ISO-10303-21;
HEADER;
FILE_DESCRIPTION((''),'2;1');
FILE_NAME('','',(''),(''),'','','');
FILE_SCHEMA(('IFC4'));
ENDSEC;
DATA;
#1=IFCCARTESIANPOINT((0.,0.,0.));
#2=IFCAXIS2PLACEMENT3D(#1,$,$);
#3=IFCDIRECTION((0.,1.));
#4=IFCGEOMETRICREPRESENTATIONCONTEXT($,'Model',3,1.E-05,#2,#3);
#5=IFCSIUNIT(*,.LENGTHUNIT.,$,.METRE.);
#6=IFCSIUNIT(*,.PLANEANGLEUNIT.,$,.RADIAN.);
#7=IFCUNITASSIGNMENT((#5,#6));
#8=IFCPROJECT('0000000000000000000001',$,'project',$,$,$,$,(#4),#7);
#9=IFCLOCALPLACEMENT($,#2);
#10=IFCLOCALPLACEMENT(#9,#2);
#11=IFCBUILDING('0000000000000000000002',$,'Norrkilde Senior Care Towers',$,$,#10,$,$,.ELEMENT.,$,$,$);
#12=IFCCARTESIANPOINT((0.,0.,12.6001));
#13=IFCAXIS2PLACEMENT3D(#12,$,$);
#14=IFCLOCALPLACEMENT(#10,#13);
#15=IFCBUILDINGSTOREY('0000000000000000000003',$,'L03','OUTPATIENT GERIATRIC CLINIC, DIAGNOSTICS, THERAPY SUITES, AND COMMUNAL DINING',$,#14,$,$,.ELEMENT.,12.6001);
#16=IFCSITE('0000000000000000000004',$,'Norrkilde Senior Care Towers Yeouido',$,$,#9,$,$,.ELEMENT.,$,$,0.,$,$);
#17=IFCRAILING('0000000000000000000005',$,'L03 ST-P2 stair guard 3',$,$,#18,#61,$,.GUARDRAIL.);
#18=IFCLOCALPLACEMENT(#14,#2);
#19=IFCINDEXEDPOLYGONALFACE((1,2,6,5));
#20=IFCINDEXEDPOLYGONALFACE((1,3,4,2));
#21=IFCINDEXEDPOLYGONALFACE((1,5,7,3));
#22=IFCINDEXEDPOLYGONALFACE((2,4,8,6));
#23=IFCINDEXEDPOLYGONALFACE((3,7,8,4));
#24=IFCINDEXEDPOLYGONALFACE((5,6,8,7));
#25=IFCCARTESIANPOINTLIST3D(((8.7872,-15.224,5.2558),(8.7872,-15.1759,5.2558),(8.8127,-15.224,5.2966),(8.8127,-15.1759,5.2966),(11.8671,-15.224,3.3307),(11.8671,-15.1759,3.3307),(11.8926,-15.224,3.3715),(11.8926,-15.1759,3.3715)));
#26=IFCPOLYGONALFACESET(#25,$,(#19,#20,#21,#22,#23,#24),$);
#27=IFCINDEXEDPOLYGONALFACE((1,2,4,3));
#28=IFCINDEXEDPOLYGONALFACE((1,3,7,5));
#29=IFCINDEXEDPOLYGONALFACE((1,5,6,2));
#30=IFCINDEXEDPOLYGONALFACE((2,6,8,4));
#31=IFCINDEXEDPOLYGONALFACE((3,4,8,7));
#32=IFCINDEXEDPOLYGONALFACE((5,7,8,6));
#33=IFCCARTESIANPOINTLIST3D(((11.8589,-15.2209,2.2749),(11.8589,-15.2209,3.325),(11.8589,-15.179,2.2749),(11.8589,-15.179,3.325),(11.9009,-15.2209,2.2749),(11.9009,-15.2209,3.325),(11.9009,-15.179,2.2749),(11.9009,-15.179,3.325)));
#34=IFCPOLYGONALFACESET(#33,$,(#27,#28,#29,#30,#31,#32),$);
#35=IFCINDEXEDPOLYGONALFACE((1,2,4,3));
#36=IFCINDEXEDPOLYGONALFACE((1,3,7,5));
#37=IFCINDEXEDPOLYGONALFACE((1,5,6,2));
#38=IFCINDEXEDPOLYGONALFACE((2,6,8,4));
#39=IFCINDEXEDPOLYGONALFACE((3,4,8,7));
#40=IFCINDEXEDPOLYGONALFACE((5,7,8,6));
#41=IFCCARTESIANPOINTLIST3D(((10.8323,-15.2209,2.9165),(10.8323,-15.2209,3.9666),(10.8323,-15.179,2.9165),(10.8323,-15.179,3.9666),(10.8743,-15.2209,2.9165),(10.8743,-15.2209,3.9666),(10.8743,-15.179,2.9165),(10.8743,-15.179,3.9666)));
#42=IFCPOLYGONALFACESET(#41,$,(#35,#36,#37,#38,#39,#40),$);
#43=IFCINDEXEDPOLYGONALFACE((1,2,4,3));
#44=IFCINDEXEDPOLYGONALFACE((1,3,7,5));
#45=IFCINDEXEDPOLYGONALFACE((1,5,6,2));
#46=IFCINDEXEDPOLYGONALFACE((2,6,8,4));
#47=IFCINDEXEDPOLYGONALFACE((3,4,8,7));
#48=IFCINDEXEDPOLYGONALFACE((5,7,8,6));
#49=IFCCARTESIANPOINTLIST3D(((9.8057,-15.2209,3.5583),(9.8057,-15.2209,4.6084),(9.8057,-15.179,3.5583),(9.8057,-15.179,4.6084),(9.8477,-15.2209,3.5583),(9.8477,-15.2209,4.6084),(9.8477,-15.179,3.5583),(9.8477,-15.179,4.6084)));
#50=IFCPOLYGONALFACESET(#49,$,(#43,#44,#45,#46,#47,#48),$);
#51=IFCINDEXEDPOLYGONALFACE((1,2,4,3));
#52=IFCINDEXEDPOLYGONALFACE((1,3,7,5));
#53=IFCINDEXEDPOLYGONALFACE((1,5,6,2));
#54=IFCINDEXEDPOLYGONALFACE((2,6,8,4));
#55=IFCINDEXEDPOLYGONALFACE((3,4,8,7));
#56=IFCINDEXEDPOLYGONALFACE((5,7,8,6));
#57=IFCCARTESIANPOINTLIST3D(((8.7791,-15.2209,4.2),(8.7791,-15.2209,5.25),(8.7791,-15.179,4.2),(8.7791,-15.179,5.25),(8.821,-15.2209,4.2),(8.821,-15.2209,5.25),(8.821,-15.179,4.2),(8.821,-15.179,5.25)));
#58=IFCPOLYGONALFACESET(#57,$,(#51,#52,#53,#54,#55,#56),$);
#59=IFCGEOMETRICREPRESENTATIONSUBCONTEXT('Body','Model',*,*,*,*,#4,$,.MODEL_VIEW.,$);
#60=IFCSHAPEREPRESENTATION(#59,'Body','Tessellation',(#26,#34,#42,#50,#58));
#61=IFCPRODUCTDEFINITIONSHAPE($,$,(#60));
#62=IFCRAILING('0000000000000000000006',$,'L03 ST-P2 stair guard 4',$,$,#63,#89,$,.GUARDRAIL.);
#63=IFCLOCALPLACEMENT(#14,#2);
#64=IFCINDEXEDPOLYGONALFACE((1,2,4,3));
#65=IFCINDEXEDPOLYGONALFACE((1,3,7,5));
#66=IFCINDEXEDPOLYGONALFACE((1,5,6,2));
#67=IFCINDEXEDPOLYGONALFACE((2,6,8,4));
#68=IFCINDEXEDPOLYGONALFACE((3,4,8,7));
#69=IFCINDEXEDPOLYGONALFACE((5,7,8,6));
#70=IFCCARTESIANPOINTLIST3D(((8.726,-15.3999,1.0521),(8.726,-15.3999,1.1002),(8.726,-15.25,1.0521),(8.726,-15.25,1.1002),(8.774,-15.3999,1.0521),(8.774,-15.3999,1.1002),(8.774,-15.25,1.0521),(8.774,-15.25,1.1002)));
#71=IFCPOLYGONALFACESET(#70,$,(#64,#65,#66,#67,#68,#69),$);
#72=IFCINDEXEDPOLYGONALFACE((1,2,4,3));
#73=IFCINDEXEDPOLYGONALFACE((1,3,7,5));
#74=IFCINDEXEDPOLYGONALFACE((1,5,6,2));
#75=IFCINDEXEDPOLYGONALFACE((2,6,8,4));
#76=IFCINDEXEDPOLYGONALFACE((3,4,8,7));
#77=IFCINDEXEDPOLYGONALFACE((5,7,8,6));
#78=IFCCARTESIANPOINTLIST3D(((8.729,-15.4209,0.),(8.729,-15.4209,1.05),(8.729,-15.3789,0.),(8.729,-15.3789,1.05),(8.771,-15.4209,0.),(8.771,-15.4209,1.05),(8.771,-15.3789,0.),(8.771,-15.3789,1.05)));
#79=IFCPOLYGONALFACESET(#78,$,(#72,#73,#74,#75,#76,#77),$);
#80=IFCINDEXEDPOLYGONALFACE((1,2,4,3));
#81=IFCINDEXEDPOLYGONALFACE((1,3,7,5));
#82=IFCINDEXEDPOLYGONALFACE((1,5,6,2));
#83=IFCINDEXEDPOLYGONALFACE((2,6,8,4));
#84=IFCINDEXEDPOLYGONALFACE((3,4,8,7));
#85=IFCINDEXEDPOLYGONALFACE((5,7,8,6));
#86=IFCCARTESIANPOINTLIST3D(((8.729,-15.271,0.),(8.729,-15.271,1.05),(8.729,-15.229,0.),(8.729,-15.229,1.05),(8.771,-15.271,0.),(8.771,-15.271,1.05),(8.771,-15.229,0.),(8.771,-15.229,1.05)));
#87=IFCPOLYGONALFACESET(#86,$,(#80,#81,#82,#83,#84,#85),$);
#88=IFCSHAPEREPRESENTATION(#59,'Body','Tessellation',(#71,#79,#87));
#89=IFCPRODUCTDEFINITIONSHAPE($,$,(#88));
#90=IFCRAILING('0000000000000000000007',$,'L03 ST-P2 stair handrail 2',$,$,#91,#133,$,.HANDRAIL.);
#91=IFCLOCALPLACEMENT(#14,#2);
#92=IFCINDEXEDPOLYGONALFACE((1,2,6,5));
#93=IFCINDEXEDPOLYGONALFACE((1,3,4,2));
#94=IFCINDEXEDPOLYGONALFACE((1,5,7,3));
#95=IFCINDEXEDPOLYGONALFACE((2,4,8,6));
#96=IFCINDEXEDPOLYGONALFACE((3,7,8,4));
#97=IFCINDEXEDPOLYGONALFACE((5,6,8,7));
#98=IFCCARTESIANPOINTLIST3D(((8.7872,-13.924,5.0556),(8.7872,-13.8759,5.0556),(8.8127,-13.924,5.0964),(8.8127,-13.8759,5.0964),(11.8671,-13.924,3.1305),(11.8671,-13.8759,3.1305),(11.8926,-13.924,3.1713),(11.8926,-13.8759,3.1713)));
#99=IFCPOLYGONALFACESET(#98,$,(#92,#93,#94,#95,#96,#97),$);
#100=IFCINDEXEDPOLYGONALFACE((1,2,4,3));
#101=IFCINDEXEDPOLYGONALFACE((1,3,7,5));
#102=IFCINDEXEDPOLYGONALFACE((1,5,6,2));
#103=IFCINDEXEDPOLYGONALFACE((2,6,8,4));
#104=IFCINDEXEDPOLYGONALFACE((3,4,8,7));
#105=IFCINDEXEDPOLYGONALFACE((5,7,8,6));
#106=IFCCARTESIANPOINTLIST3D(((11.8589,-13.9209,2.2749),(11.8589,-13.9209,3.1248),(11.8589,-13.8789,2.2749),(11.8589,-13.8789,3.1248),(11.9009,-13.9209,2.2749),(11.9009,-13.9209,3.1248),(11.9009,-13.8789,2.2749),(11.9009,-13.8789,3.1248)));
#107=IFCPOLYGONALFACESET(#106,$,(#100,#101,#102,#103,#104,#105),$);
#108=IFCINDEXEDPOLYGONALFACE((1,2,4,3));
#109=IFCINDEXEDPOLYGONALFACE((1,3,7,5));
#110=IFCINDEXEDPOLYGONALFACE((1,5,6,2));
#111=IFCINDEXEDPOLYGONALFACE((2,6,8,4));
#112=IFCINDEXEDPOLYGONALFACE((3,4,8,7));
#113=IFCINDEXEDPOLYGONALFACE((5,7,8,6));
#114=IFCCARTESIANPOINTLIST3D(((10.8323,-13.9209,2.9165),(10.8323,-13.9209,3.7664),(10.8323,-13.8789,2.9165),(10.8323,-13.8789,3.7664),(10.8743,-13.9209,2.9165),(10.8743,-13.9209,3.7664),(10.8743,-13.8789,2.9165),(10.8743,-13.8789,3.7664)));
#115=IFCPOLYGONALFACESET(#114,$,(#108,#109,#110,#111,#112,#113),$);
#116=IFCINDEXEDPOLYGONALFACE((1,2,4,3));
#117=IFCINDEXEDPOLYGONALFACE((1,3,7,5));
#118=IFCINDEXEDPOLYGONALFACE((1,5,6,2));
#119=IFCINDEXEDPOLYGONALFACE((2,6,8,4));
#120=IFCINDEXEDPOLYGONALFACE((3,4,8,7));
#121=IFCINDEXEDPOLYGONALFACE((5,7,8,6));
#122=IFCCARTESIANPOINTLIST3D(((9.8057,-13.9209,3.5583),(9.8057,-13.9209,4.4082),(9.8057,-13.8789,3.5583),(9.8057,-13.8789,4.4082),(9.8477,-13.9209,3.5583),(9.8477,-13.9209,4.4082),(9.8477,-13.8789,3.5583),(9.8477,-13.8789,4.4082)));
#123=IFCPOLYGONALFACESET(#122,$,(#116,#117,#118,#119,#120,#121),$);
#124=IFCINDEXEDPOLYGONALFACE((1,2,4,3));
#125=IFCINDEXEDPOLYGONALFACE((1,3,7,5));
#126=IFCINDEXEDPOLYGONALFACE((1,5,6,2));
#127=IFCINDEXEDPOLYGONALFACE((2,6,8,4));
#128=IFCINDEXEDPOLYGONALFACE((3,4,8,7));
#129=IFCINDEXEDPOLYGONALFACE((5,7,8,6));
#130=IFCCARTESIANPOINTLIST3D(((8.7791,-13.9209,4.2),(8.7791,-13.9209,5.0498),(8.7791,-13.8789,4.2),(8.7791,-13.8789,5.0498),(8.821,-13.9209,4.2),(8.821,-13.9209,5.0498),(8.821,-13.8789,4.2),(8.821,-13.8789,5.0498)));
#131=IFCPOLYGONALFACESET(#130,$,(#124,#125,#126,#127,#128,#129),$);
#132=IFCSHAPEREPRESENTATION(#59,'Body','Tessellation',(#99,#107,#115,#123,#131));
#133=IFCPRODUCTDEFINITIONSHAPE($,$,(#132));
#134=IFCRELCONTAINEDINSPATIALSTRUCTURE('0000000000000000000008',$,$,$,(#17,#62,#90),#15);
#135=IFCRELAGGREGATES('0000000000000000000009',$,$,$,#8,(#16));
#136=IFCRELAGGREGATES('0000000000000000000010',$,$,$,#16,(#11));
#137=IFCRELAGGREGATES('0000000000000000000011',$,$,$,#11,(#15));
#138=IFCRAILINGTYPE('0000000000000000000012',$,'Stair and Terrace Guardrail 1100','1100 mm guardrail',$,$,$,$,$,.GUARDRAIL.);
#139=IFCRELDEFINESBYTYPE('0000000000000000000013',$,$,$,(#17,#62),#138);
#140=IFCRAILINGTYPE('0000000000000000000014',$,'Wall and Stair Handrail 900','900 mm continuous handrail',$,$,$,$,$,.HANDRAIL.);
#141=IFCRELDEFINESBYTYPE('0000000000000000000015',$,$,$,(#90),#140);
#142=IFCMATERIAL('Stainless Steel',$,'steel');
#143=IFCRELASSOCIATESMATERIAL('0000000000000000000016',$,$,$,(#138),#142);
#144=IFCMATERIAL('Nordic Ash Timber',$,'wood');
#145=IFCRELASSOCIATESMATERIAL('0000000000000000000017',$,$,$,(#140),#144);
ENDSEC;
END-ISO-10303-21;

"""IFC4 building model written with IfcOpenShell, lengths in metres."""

from ifc_helpers import new_model, si_unit, direction, frame, origin, origin_2d, place, context, subcontext, project, spatial, rectangle, extrude, material, type_object, element, save


model = new_model("IFC4")

# Units and contexts
model_context = context("Model", 3, precision=1e-05, world=origin(), true_north=direction((0.0, 1.0)))
body_context = subcontext(model_context, "Body", "Model", "MODEL_VIEW")
ifc_project = project(units=[si_unit("LENGTHUNIT", "METRE"), si_unit("PLANEANGLEUNIT", "RADIAN")], contexts=[model_context])

# Site, building, storey
site_placement = place(None, origin())
site = spatial("IfcSite", under=ifc_project, at=site_placement, Name="Norrkilde Senior Care Towers Yeouido", CompositionType="ELEMENT", RefElevation=0.0)
building_placement = place(site_placement, origin())
building = spatial("IfcBuilding", under=site, at=building_placement, Name="Norrkilde Senior Care Towers", CompositionType="ELEMENT")
storey_placement = place(building_placement, frame((0.0, 0.0, 12.6001)))
storey = spatial("IfcBuildingStorey", under=building, at=storey_placement, Name="L03", Description="OUTPATIENT GERIATRIC CLINIC, DIAGNOSTICS, THERAPY SUITES, AND COMMUNAL DINING", CompositionType="ELEMENT", Elevation=12.6001)

# Shared definitions
ifc_material_1 = material(Name="Nordic Ash Timber", Category="wood")

# Railings
ifc_material_2 = material(Name="Stainless Steel", Category="steel")
railing_type_1 = type_object("IfcRailingType", Name="Stair and Terrace Guardrail 1100", Description="1100 mm guardrail", PredefinedType="GUARDRAIL", material=ifc_material_2)
railing_1_placement = place(storey_placement, frame((11.8799, -15.2, 2.2749)))
element("IfcRailing", 1, at=railing_1_placement, inside=storey, type_object=railing_type_1, Name="L03 ST-P2 stair guard 3", PredefinedType="GUARDRAIL", context=body_context, shape_type="SweptSolid", body=[
    extrude(rectangle(XDim=0.0481, YDim=0.0481, at=origin_2d()), frame((0.0, 0.0, 1.0762), z_axis=(-0.847979, 0.0, 0.530029), x_axis=(0.0, -1.0, 0.0)), (0.0, 0.0, 1.0), 3.6321),
    extrude(rectangle(XDim=0.042, YDim=0.042, at=origin_2d()), origin(), (0.0, 0.0, 1.0), 1.05),
    extrude(rectangle(XDim=0.042, YDim=0.042, at=origin_2d()), frame((-1.0266, 0.0, 0.6416)), (0.0, 0.0, 1.0), 1.05),
    extrude(rectangle(XDim=0.042, YDim=0.042, at=origin_2d()), frame((-2.0532, 0.0, 1.2834)), (0.0, 0.0, 1.0), 1.05),
    extrude(rectangle(XDim=0.042, YDim=0.042, at=origin_2d()), frame((-3.0798, 0.0, 1.925)), (0.0, 0.0, 1.0), 1.05),
])
railing_2_placement = place(storey_placement, frame((8.75, -15.3999, 0.0)))
element("IfcRailing", 2, at=railing_2_placement, inside=storey, type_object=railing_type_1, Name="L03 ST-P2 stair guard 4", PredefinedType="GUARDRAIL", context=body_context, shape_type="SweptSolid", body=[
    extrude(rectangle(XDim=0.0481, YDim=0.0481, at=origin_2d()), frame((0.0, 0.0, 1.0762), z_axis=(0.0, 1.0, 0.0), x_axis=(-1.0, 0.0, 0.0)), (0.0, 0.0, 1.0), 0.1499),
    extrude(rectangle(XDim=0.042, YDim=0.042, at=origin_2d()), origin(), (0.0, 0.0, 1.0), 1.05),
    extrude(rectangle(XDim=0.042, YDim=0.042, at=origin_2d()), frame((0.0, 0.1499, 0.0)), (0.0, 0.0, 1.0), 1.05),
])
railing_type_2 = type_object("IfcRailingType", Name="Wall and Stair Handrail 900", Description="900 mm continuous handrail", PredefinedType="HANDRAIL", material=ifc_material_1)
railing_3_placement = place(storey_placement, frame((11.8799, -13.8999, 2.2749)))
element("IfcRailing", 3, at=railing_3_placement, inside=storey, type_object=railing_type_2, Name="L03 ST-P2 stair handrail 2", PredefinedType="HANDRAIL", context=body_context, shape_type="SweptSolid", body=[
    extrude(rectangle(XDim=0.0481, YDim=0.0481, at=origin_2d()), frame((0.0, 0.0, 0.876), z_axis=(-0.847979, 0.0, 0.530029), x_axis=(0.0, -1.0, 0.0)), (0.0, 0.0, 1.0), 3.6321),
    extrude(rectangle(XDim=0.042, YDim=0.042, at=origin_2d()), origin(), (0.0, 0.0, 1.0), 0.8499),
    extrude(rectangle(XDim=0.042, YDim=0.042, at=origin_2d()), frame((-1.0266, 0.0, 0.6416)), (0.0, 0.0, 1.0), 0.8499),
    extrude(rectangle(XDim=0.042, YDim=0.042, at=origin_2d()), frame((-2.0532, 0.0, 1.2834)), (0.0, 0.0, 1.0), 0.8499),
    extrude(rectangle(XDim=0.042, YDim=0.042, at=origin_2d()), frame((-3.0798, 0.0, 1.925)), (0.0, 0.0, 1.0), 0.8499),
])

save(model, "model.ifc")
